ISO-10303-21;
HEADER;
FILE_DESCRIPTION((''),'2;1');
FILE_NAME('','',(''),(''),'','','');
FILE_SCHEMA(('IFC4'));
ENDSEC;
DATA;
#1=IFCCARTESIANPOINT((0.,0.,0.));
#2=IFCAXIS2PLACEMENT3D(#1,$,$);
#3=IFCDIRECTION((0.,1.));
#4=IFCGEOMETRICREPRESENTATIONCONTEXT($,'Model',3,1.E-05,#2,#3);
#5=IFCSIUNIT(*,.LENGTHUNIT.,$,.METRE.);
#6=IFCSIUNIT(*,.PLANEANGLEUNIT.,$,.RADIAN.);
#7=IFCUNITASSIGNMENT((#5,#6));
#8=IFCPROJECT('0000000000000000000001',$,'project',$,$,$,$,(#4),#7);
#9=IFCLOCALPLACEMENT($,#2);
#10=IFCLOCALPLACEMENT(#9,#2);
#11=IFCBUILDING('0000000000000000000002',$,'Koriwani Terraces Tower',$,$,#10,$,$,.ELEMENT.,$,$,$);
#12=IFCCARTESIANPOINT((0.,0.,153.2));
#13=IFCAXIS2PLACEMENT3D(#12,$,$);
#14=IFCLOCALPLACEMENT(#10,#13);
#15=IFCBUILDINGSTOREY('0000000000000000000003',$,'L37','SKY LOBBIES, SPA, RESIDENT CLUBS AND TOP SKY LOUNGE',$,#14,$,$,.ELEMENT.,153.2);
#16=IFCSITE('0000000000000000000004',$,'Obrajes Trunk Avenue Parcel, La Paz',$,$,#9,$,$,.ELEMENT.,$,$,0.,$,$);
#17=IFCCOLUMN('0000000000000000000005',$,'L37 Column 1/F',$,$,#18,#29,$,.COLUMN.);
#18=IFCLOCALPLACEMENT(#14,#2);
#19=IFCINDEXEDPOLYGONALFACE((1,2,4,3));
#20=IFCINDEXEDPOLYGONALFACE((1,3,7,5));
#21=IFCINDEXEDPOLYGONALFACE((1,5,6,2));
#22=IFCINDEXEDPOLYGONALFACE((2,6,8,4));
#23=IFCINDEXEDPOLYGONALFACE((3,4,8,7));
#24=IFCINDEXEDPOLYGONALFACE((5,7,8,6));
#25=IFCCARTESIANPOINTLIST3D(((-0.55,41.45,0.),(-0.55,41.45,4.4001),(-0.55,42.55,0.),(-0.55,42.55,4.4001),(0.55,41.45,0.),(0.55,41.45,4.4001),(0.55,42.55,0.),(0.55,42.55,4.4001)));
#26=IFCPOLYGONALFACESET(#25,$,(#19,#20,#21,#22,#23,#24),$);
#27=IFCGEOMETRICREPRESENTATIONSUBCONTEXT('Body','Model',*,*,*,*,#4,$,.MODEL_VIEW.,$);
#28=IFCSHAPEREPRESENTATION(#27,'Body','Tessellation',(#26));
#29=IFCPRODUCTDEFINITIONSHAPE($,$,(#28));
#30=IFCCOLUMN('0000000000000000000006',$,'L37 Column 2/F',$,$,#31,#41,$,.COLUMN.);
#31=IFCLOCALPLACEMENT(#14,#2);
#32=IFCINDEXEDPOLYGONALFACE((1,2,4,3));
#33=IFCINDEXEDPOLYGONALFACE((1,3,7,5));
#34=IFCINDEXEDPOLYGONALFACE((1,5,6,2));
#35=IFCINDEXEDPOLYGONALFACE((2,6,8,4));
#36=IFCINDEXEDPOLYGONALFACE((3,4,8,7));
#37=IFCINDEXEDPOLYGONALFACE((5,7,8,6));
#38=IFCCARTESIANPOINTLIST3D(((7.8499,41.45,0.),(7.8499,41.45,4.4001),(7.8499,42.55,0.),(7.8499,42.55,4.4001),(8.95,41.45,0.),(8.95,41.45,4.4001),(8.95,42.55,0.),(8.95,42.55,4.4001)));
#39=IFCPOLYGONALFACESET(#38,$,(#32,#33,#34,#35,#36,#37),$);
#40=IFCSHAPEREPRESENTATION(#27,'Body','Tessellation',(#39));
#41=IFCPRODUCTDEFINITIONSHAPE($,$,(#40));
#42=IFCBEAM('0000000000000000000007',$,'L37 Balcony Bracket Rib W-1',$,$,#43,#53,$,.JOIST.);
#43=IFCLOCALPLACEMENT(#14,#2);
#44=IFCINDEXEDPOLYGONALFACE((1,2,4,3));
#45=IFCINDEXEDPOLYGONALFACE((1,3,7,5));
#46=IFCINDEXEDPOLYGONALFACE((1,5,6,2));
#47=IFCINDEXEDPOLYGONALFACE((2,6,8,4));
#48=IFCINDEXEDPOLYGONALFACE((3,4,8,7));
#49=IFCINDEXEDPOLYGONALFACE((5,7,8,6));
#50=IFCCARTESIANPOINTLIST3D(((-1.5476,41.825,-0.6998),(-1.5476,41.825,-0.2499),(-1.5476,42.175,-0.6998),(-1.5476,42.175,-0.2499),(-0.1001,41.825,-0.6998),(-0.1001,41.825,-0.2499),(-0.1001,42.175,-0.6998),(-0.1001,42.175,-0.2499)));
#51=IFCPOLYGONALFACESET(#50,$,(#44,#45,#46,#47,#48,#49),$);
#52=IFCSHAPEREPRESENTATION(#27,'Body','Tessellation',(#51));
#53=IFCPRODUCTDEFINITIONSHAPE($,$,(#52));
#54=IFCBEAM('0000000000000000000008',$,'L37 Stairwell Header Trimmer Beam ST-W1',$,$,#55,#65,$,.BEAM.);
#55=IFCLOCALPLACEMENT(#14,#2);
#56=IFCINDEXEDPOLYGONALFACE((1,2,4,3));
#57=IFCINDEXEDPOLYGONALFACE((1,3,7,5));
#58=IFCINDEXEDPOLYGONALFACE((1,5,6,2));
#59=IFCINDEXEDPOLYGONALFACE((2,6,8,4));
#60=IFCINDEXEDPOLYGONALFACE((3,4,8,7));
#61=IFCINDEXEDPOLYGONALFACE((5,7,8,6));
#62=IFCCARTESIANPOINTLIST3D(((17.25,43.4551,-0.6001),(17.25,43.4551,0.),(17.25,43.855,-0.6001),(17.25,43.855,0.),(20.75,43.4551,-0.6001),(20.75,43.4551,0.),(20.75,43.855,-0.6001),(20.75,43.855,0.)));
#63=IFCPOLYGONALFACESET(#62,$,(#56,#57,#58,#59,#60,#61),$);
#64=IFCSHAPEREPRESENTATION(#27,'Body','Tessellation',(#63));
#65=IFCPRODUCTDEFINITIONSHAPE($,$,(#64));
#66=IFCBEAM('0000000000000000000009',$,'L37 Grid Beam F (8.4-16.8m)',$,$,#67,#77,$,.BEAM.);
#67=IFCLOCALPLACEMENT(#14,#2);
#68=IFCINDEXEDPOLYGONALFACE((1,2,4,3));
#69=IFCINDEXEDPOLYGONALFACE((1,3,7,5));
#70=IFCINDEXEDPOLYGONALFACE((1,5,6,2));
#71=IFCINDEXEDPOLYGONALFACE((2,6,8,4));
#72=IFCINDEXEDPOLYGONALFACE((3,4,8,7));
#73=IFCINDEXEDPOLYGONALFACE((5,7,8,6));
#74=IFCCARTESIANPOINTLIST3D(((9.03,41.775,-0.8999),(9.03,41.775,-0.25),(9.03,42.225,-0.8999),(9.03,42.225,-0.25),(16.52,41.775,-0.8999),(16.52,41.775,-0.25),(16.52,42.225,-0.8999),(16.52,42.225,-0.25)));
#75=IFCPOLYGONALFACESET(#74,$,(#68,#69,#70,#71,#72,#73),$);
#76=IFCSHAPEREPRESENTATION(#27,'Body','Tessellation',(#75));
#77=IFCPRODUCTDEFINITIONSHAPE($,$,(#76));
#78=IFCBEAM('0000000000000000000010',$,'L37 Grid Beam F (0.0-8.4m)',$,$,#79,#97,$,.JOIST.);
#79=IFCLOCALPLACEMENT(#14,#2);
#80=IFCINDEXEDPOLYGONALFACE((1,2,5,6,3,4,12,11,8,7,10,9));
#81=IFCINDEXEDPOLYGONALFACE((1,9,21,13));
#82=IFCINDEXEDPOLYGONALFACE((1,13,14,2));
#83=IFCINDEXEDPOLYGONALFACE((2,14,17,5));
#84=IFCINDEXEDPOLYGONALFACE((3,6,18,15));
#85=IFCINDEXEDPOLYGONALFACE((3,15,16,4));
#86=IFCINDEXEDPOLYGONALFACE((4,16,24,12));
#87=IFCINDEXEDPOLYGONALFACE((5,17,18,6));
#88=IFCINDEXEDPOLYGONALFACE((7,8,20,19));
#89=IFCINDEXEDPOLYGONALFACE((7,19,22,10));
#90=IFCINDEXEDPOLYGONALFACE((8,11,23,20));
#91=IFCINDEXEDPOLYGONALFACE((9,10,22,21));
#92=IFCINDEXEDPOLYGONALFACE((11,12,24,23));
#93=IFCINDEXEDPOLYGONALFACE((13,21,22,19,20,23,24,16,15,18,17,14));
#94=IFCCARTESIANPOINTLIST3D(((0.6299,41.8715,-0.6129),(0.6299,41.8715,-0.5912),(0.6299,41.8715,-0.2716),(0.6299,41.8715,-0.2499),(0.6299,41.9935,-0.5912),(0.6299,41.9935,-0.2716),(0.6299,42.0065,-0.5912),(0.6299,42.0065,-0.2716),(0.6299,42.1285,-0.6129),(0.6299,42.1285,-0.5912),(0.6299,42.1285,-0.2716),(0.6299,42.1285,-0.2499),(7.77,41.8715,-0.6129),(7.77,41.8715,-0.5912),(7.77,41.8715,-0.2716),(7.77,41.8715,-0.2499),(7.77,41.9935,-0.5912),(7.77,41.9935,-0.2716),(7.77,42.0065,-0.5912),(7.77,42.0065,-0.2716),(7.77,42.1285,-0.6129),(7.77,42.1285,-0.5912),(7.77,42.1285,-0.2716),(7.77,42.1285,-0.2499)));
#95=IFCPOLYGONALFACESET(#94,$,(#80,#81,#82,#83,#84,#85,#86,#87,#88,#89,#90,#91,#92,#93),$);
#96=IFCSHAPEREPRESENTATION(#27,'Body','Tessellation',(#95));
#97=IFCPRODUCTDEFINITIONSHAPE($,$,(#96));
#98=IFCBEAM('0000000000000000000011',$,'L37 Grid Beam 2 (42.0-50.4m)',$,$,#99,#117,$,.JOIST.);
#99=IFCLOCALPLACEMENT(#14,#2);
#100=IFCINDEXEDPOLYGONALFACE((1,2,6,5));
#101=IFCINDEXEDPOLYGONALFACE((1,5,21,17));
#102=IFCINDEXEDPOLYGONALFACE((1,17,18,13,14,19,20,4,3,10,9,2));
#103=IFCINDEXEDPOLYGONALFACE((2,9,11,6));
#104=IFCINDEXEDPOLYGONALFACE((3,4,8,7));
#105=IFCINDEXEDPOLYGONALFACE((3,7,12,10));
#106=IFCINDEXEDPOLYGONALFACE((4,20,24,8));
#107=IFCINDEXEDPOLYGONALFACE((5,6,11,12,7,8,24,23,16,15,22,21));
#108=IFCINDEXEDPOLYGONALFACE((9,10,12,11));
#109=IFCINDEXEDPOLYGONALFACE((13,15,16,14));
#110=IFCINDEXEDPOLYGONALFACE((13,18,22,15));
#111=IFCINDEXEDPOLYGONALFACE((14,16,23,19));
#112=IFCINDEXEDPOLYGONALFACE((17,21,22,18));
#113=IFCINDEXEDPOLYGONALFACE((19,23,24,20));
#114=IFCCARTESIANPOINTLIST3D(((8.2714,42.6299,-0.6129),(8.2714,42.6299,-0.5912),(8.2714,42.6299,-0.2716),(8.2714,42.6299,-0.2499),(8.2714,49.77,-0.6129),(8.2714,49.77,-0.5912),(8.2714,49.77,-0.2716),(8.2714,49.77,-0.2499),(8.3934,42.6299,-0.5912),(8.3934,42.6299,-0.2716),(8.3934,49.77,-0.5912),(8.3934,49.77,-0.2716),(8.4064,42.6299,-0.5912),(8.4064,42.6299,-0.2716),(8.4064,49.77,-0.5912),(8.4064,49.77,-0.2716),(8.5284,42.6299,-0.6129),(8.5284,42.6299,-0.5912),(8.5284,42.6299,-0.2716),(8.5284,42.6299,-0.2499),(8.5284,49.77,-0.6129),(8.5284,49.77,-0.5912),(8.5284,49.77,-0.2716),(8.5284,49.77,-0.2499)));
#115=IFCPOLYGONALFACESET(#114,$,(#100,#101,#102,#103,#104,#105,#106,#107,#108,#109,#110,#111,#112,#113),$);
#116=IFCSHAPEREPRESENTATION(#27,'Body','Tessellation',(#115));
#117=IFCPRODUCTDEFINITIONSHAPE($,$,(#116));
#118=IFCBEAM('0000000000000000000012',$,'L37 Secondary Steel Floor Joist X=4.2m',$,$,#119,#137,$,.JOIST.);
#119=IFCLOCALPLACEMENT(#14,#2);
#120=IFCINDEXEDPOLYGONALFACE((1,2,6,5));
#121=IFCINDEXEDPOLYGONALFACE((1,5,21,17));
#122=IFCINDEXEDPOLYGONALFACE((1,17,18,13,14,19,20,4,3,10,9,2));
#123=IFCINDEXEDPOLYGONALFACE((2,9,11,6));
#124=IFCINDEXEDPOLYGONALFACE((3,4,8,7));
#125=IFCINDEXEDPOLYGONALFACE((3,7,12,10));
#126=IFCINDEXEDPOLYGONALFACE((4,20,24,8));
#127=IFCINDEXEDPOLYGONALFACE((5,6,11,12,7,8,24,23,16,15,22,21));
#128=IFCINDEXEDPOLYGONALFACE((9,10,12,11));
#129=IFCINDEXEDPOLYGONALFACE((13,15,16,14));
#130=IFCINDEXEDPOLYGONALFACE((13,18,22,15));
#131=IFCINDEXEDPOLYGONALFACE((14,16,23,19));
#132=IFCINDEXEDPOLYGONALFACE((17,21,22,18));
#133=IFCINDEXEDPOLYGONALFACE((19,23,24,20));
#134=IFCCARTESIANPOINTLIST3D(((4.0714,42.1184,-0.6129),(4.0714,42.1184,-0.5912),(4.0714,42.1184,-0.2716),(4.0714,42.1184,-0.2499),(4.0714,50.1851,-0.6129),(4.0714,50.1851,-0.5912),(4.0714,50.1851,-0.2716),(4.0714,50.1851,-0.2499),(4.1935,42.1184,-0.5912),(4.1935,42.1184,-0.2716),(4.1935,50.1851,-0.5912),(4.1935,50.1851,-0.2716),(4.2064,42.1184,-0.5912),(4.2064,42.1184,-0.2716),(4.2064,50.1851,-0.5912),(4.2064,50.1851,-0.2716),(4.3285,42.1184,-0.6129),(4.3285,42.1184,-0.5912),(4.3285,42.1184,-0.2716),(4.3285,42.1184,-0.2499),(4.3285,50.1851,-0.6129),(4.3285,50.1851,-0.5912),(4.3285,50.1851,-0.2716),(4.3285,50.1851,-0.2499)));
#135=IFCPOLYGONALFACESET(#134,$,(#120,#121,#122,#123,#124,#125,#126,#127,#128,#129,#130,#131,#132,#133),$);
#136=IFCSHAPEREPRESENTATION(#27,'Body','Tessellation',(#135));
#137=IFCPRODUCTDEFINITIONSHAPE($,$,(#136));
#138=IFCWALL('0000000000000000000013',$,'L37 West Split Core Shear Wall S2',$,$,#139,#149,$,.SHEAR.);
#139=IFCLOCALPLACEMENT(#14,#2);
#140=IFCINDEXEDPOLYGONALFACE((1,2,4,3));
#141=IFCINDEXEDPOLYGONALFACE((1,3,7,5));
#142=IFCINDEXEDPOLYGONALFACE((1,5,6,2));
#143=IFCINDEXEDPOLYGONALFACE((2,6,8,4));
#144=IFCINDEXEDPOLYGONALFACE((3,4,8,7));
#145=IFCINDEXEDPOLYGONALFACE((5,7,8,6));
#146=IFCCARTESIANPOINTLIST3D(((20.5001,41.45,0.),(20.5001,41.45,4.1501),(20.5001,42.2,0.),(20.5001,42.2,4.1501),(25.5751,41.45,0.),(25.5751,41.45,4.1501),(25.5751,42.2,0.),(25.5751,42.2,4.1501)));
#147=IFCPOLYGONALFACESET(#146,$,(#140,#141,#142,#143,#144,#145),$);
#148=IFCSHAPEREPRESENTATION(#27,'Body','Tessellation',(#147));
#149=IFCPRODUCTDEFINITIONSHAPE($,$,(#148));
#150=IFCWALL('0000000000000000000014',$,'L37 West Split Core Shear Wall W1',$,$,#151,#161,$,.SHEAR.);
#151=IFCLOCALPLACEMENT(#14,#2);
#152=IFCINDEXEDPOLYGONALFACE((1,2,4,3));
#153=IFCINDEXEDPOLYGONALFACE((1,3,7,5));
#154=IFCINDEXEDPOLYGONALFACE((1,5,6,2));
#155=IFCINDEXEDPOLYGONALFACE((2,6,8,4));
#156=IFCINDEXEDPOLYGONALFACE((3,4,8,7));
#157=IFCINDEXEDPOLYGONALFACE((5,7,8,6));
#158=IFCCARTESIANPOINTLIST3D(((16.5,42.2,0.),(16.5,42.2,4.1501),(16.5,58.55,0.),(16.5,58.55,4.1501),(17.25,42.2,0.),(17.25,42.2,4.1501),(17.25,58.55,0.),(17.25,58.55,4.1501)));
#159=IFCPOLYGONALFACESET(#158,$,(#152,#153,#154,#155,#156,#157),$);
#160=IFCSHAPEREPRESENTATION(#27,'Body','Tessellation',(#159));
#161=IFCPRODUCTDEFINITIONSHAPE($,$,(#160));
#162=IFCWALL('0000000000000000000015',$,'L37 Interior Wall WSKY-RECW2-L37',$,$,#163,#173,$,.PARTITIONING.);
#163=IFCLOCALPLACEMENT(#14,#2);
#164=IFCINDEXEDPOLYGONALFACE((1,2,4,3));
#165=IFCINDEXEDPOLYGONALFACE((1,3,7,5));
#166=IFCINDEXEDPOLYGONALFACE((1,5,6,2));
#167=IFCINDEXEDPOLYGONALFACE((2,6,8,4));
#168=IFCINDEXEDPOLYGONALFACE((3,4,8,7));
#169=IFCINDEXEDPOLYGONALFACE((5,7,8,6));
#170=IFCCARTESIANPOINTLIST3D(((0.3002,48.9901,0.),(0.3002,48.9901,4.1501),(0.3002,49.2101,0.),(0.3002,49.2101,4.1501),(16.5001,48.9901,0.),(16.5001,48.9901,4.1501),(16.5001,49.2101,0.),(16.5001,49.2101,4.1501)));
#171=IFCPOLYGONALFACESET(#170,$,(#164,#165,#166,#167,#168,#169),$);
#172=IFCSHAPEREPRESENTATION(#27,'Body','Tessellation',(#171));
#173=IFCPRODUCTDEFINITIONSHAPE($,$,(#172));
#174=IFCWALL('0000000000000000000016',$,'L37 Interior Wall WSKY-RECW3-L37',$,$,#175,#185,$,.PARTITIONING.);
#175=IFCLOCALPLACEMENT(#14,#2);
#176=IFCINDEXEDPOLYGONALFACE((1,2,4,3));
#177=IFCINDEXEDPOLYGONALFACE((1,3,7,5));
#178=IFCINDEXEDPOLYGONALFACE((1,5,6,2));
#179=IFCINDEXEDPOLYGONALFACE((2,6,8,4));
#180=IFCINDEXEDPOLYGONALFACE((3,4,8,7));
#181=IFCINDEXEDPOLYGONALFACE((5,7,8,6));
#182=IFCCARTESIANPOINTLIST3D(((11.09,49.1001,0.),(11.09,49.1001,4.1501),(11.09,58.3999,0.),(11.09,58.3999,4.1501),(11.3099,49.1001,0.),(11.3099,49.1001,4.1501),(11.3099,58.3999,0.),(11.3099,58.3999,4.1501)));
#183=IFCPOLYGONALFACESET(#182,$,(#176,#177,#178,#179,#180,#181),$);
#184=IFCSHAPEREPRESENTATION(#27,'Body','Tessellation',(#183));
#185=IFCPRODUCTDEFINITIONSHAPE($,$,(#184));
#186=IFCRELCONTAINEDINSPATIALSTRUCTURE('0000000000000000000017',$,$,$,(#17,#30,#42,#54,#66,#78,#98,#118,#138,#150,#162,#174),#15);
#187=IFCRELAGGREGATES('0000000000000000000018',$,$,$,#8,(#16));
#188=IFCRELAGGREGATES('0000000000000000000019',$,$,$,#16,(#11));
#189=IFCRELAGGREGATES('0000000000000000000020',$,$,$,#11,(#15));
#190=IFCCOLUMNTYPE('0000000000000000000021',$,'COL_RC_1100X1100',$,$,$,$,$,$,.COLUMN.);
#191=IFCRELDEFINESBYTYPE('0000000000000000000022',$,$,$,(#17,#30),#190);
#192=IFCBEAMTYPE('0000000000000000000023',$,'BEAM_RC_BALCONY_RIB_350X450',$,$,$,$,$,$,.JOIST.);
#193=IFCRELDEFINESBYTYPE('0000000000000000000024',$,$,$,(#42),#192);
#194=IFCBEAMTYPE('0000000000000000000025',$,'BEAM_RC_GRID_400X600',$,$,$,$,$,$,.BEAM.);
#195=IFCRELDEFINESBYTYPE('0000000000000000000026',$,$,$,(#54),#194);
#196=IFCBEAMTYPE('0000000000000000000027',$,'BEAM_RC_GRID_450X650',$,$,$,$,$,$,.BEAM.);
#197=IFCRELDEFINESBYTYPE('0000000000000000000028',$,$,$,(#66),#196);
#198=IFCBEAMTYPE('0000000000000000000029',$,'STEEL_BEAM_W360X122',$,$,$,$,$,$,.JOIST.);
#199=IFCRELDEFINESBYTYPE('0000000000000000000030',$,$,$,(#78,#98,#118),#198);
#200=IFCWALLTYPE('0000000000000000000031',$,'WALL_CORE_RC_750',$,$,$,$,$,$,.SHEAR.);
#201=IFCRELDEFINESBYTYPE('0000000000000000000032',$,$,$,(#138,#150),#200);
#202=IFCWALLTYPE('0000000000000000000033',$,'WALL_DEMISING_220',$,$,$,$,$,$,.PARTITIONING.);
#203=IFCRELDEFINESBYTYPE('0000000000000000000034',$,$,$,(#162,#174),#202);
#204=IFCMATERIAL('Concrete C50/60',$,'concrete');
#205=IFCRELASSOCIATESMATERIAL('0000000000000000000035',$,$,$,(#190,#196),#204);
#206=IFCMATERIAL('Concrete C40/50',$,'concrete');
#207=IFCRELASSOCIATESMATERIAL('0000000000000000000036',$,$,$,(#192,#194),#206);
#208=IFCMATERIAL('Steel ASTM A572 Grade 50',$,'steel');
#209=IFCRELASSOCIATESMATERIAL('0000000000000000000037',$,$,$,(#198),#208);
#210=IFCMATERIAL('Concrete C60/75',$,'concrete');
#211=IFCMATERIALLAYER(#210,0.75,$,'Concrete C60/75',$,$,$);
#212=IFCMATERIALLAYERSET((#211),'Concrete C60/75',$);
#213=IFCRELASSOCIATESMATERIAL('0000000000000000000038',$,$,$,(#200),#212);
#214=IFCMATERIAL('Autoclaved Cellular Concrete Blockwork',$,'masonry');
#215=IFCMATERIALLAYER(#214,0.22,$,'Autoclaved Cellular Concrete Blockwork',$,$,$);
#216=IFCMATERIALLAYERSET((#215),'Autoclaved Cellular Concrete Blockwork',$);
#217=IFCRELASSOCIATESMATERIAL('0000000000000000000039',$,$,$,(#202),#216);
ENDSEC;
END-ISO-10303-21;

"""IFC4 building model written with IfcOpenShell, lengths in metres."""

from ifc_helpers import new_model, si_unit, direction, frame, frame_2d, origin, origin_2d, place, context, subcontext, project, spatial, rectangle, i_section, extrude, material, layer, layer_set, material_profile, profile_set, type_object, element, save


model = new_model("IFC4")

# Units and contexts
model_context = context("Model", 3, precision=1e-05, world=origin(), true_north=direction((0.0, 1.0)))
body_context = subcontext(model_context, "Body", "Model", "MODEL_VIEW")
ifc_project = project(units=[si_unit("LENGTHUNIT", "METRE"), si_unit("PLANEANGLEUNIT", "RADIAN")], contexts=[model_context])

# Site, building, storey
site_placement = place(None, origin())
site = spatial("IfcSite", under=ifc_project, at=site_placement, Name="Obrajes Trunk Avenue Parcel, La Paz", CompositionType="ELEMENT", RefElevation=0.0)
building_placement = place(site_placement, origin())
building = spatial("IfcBuilding", under=site, at=building_placement, Name="Koriwani Terraces Tower", CompositionType="ELEMENT")
storey_placement = place(building_placement, frame((0.0, 0.0, 153.2)))
storey = spatial("IfcBuildingStorey", under=building, at=storey_placement, Name="L37", Description="SKY LOBBIES, SPA, RESIDENT CLUBS AND TOP SKY LOUNGE", CompositionType="ELEMENT", Elevation=153.2)

# Columns
ifc_material_1 = material(Name="Concrete C50/60", Category="concrete")
ifc_material_profile_1 = material_profile(ifc_material_1, rectangle(XDim=1.1001, YDim=1.1001, at=origin_2d()), Name="Concrete C50/60", Category="LoadBearing")
ifc_profile_set_1 = profile_set([ifc_material_profile_1], Name="Concrete C50/60")
column_type = type_object("IfcColumnType", Name="COL_RC_1100X1100", PredefinedType="COLUMN", material=ifc_profile_set_1)
for number, where, z_axis, x_axis, name in (
    (1, (0.0, 42.0, 0.0), (0.0, 0.0, 1.0), (1.0, 0.0, 0.0), "L37 Column 1/F"),
    (2, (8.3999, 42.0, 0.0), (0.0, 0.0, 1.0), (1.0, 0.0, 0.0), "L37 Column 2/F"),
):
    element("IfcColumn", number, at=place(storey_placement, frame(where, z_axis=z_axis, x_axis=x_axis)), inside=storey, type_object=column_type, Name=name, PredefinedType="COLUMN", context=body_context, shape_type="SweptSolid", body=[
        extrude(rectangle(XDim=1.1001, YDim=1.1001, at=origin_2d()), origin(), (0.0, 0.0, 1.0), 4.4001),
    ])

# Beams
ifc_material_2 = material(Name="Concrete C40/50", Category="concrete")
ifc_material_profile_2 = material_profile(ifc_material_2, rectangle(XDim=0.3501, YDim=0.45, at=origin_2d()), Name="Concrete C40/50", Category="LoadBearing")
ifc_profile_set_2 = profile_set([ifc_material_profile_2], Name="Concrete C40/50")
beam_type_1 = type_object("IfcBeamType", Name="BEAM_RC_BALCONY_RIB_350X450", PredefinedType="JOIST", material=ifc_profile_set_2)
beam_1_placement = place(storey_placement, frame((-1.5476, 42.0, -0.4749), z_axis=(1.0, 0.0, 0.0), x_axis=(0.0, 1.0, 0.0)))
element("IfcBeam", 3, at=beam_1_placement, inside=storey, type_object=beam_type_1, Name="L37 Balcony Bracket Rib W-1", PredefinedType="JOIST", context=body_context, shape_type="SweptSolid", body=[
    extrude(rectangle(XDim=0.3501, YDim=0.45, at=origin_2d()), origin(), (0.0, 0.0, 1.0), 1.4475),
])
ifc_material_profile_3 = material_profile(ifc_material_2, rectangle(XDim=0.3999, YDim=0.6001, at=origin_2d()), Name="Concrete C40/50", Category="LoadBearing")
ifc_profile_set_3 = profile_set([ifc_material_profile_3], Name="Concrete C40/50")
beam_type_2 = type_object("IfcBeamType", Name="BEAM_RC_GRID_400X600", PredefinedType="BEAM", material=ifc_profile_set_3)
beam_2_placement = place(storey_placement, frame((17.25, 43.655, -0.3), z_axis=(1.0, 0.0, 0.0), x_axis=(0.0, 1.0, 0.0)))
element("IfcBeam", 4, at=beam_2_placement, inside=storey, type_object=beam_type_2, Name="L37 Stairwell Header Trimmer Beam ST-W1", PredefinedType="BEAM", context=body_context, shape_type="SweptSolid", body=[
    extrude(rectangle(XDim=0.3999, YDim=0.6001, at=origin_2d()), origin(), (0.0, 0.0, 1.0), 3.5),
])
ifc_material_profile_4 = material_profile(ifc_material_1, rectangle(XDim=0.45, YDim=0.6499, at=origin_2d()), Name="Concrete C50/60", Category="LoadBearing")
ifc_profile_set_4 = profile_set([ifc_material_profile_4], Name="Concrete C50/60")
beam_type_3 = type_object("IfcBeamType", Name="BEAM_RC_GRID_450X650", PredefinedType="BEAM", material=ifc_profile_set_4)
beam_3_placement = place(storey_placement, frame((9.03, 42.0, -0.575), z_axis=(1.0, 0.0, 0.0), x_axis=(0.0, 1.0, 0.0)))
element("IfcBeam", 5, at=beam_3_placement, inside=storey, type_object=beam_type_3, Name="L37 Grid Beam F (8.4-16.8m)", PredefinedType="BEAM", context=body_context, shape_type="SweptSolid", body=[
    extrude(rectangle(XDim=0.45, YDim=0.6499, at=origin_2d()), origin(), (0.0, 0.0, 1.0), 7.49),
])
ifc_material_3 = material(Name="Steel ASTM A572 Grade 50", Category="steel")
ifc_material_profile_5 = material_profile(ifc_material_3, i_section(OverallWidth=0.2571, OverallDepth=0.363, WebThickness=0.0129, FlangeThickness=0.0217, at=origin_2d()), Name="Steel ASTM A572 Grade 50", Category="LoadBearing")
ifc_profile_set_5 = profile_set([ifc_material_profile_5], Name="Steel ASTM A572 Grade 50")
beam_type_4 = type_object("IfcBeamType", Name="STEEL_BEAM_W360X122", PredefinedType="JOIST", material=ifc_profile_set_5)
for number, where, z_axis, x_axis, name in (
    (6, (0.6299, 42.0, -0.4314), (1.0, 0.0, 0.0), (0.0, 1.0, 0.0), "L37 Grid Beam F (0.0-8.4m)"),
    (7, (8.3999, 42.6299, -0.4314), (0.0, 1.0, 0.0), (-1.0, 0.0, 0.0), "L37 Grid Beam 2 (42.0-50.4m)"),
):
    element("IfcBeam", number, at=place(storey_placement, frame(where, z_axis=z_axis, x_axis=x_axis)), inside=storey, type_object=beam_type_4, Name=name, PredefinedType="JOIST", context=body_context, shape_type="SweptSolid", body=[
        extrude(i_section(OverallWidth=0.2571, OverallDepth=0.363, WebThickness=0.0129, FlangeThickness=0.0217, at=origin_2d()), origin(), (0.0, 0.0, 1.0), 7.1401),
    ])
beam_4_placement = place(storey_placement, frame((4.2, 42.1184, -0.4314), z_axis=(0.0, 1.0, 0.0), x_axis=(-1.0, 0.0, 0.0)))
element("IfcBeam", 8, at=beam_4_placement, inside=storey, type_object=beam_type_4, Name="L37 Secondary Steel Floor Joist X=4.2m", PredefinedType="JOIST", context=body_context, shape_type="SweptSolid", body=[
    extrude(i_section(OverallWidth=0.2571, OverallDepth=0.363, WebThickness=0.0129, FlangeThickness=0.0217, at=origin_2d()), origin(), (0.0, 0.0, 1.0), 8.0667),
])

# Walls
ifc_material_4 = material(Name="Concrete C60/75", Category="concrete")
ifc_layer_1 = layer(ifc_material_4, 0.75, Name="Concrete C60/75")
ifc_layer_set_1 = layer_set([ifc_layer_1], Name="Concrete C60/75")
wall_type_1 = type_object("IfcWallType", Name="WALL_CORE_RC_750", PredefinedType="SHEAR", material=ifc_layer_set_1)
wall_1_placement = place(storey_placement, frame((20.5, 41.825, 0.0), z_axis=(0.0, 0.0, 1.0), x_axis=(1.0, 0.0, 0.0)))
element("IfcWall", 9, at=wall_1_placement, inside=storey, type_object=wall_type_1, Name="L37 West Split Core Shear Wall S2", PredefinedType="SHEAR", context=body_context, shape_type="SweptSolid", body=[
    extrude(rectangle(XDim=5.075, YDim=0.75, at=frame_2d((2.5376, 0.0))), origin(), (0.0, 0.0, 1.0), 4.1501),
])
wall_2_placement = place(storey_placement, frame((16.875, 42.2, 0.0), z_axis=(0.0, 0.0, 1.0), x_axis=(0.0, 1.0, 0.0)))
element("IfcWall", 10, at=wall_2_placement, inside=storey, type_object=wall_type_1, Name="L37 West Split Core Shear Wall W1", PredefinedType="SHEAR", context=body_context, shape_type="SweptSolid", body=[
    extrude(rectangle(XDim=16.3501, YDim=0.75, at=frame_2d((8.175, 0.0))), origin(), (0.0, 0.0, 1.0), 4.1501),
])
ifc_material_5 = material(Name="Autoclaved Cellular Concrete Blockwork", Category="masonry")
ifc_layer_2 = layer(ifc_material_5, 0.22, Name="Autoclaved Cellular Concrete Blockwork")
ifc_layer_set_2 = layer_set([ifc_layer_2], Name="Autoclaved Cellular Concrete Blockwork")
wall_type_2 = type_object("IfcWallType", Name="WALL_DEMISING_220", PredefinedType="PARTITIONING", material=ifc_layer_set_2)
wall_3_placement = place(storey_placement, frame((0.3, 49.1001, 0.0), z_axis=(0.0, 0.0, 1.0), x_axis=(1.0, 0.0, 0.0)))
element("IfcWall", 11, at=wall_3_placement, inside=storey, type_object=wall_type_2, Name="L37 Interior Wall WSKY-RECW2-L37", PredefinedType="PARTITIONING", context=body_context, shape_type="SweptSolid", body=[
    extrude(rectangle(XDim=16.2, YDim=0.22, at=frame_2d((8.1001, 0.0))), origin(), (0.0, 0.0, 1.0), 4.1501),
])
wall_4_placement = place(storey_placement, frame((11.2, 49.1001, 0.0), z_axis=(0.0, 0.0, 1.0), x_axis=(0.0, 1.0, 0.0)))
element("IfcWall", 12, at=wall_4_placement, inside=storey, type_object=wall_type_2, Name="L37 Interior Wall WSKY-RECW3-L37", PredefinedType="PARTITIONING", context=body_context, shape_type="SweptSolid", body=[
    extrude(rectangle(XDim=9.2998, YDim=0.22, at=frame_2d((4.6499, 0.0))), origin(), (0.0, 0.0, 1.0), 4.1501),
])

save(model, "model.ifc")
